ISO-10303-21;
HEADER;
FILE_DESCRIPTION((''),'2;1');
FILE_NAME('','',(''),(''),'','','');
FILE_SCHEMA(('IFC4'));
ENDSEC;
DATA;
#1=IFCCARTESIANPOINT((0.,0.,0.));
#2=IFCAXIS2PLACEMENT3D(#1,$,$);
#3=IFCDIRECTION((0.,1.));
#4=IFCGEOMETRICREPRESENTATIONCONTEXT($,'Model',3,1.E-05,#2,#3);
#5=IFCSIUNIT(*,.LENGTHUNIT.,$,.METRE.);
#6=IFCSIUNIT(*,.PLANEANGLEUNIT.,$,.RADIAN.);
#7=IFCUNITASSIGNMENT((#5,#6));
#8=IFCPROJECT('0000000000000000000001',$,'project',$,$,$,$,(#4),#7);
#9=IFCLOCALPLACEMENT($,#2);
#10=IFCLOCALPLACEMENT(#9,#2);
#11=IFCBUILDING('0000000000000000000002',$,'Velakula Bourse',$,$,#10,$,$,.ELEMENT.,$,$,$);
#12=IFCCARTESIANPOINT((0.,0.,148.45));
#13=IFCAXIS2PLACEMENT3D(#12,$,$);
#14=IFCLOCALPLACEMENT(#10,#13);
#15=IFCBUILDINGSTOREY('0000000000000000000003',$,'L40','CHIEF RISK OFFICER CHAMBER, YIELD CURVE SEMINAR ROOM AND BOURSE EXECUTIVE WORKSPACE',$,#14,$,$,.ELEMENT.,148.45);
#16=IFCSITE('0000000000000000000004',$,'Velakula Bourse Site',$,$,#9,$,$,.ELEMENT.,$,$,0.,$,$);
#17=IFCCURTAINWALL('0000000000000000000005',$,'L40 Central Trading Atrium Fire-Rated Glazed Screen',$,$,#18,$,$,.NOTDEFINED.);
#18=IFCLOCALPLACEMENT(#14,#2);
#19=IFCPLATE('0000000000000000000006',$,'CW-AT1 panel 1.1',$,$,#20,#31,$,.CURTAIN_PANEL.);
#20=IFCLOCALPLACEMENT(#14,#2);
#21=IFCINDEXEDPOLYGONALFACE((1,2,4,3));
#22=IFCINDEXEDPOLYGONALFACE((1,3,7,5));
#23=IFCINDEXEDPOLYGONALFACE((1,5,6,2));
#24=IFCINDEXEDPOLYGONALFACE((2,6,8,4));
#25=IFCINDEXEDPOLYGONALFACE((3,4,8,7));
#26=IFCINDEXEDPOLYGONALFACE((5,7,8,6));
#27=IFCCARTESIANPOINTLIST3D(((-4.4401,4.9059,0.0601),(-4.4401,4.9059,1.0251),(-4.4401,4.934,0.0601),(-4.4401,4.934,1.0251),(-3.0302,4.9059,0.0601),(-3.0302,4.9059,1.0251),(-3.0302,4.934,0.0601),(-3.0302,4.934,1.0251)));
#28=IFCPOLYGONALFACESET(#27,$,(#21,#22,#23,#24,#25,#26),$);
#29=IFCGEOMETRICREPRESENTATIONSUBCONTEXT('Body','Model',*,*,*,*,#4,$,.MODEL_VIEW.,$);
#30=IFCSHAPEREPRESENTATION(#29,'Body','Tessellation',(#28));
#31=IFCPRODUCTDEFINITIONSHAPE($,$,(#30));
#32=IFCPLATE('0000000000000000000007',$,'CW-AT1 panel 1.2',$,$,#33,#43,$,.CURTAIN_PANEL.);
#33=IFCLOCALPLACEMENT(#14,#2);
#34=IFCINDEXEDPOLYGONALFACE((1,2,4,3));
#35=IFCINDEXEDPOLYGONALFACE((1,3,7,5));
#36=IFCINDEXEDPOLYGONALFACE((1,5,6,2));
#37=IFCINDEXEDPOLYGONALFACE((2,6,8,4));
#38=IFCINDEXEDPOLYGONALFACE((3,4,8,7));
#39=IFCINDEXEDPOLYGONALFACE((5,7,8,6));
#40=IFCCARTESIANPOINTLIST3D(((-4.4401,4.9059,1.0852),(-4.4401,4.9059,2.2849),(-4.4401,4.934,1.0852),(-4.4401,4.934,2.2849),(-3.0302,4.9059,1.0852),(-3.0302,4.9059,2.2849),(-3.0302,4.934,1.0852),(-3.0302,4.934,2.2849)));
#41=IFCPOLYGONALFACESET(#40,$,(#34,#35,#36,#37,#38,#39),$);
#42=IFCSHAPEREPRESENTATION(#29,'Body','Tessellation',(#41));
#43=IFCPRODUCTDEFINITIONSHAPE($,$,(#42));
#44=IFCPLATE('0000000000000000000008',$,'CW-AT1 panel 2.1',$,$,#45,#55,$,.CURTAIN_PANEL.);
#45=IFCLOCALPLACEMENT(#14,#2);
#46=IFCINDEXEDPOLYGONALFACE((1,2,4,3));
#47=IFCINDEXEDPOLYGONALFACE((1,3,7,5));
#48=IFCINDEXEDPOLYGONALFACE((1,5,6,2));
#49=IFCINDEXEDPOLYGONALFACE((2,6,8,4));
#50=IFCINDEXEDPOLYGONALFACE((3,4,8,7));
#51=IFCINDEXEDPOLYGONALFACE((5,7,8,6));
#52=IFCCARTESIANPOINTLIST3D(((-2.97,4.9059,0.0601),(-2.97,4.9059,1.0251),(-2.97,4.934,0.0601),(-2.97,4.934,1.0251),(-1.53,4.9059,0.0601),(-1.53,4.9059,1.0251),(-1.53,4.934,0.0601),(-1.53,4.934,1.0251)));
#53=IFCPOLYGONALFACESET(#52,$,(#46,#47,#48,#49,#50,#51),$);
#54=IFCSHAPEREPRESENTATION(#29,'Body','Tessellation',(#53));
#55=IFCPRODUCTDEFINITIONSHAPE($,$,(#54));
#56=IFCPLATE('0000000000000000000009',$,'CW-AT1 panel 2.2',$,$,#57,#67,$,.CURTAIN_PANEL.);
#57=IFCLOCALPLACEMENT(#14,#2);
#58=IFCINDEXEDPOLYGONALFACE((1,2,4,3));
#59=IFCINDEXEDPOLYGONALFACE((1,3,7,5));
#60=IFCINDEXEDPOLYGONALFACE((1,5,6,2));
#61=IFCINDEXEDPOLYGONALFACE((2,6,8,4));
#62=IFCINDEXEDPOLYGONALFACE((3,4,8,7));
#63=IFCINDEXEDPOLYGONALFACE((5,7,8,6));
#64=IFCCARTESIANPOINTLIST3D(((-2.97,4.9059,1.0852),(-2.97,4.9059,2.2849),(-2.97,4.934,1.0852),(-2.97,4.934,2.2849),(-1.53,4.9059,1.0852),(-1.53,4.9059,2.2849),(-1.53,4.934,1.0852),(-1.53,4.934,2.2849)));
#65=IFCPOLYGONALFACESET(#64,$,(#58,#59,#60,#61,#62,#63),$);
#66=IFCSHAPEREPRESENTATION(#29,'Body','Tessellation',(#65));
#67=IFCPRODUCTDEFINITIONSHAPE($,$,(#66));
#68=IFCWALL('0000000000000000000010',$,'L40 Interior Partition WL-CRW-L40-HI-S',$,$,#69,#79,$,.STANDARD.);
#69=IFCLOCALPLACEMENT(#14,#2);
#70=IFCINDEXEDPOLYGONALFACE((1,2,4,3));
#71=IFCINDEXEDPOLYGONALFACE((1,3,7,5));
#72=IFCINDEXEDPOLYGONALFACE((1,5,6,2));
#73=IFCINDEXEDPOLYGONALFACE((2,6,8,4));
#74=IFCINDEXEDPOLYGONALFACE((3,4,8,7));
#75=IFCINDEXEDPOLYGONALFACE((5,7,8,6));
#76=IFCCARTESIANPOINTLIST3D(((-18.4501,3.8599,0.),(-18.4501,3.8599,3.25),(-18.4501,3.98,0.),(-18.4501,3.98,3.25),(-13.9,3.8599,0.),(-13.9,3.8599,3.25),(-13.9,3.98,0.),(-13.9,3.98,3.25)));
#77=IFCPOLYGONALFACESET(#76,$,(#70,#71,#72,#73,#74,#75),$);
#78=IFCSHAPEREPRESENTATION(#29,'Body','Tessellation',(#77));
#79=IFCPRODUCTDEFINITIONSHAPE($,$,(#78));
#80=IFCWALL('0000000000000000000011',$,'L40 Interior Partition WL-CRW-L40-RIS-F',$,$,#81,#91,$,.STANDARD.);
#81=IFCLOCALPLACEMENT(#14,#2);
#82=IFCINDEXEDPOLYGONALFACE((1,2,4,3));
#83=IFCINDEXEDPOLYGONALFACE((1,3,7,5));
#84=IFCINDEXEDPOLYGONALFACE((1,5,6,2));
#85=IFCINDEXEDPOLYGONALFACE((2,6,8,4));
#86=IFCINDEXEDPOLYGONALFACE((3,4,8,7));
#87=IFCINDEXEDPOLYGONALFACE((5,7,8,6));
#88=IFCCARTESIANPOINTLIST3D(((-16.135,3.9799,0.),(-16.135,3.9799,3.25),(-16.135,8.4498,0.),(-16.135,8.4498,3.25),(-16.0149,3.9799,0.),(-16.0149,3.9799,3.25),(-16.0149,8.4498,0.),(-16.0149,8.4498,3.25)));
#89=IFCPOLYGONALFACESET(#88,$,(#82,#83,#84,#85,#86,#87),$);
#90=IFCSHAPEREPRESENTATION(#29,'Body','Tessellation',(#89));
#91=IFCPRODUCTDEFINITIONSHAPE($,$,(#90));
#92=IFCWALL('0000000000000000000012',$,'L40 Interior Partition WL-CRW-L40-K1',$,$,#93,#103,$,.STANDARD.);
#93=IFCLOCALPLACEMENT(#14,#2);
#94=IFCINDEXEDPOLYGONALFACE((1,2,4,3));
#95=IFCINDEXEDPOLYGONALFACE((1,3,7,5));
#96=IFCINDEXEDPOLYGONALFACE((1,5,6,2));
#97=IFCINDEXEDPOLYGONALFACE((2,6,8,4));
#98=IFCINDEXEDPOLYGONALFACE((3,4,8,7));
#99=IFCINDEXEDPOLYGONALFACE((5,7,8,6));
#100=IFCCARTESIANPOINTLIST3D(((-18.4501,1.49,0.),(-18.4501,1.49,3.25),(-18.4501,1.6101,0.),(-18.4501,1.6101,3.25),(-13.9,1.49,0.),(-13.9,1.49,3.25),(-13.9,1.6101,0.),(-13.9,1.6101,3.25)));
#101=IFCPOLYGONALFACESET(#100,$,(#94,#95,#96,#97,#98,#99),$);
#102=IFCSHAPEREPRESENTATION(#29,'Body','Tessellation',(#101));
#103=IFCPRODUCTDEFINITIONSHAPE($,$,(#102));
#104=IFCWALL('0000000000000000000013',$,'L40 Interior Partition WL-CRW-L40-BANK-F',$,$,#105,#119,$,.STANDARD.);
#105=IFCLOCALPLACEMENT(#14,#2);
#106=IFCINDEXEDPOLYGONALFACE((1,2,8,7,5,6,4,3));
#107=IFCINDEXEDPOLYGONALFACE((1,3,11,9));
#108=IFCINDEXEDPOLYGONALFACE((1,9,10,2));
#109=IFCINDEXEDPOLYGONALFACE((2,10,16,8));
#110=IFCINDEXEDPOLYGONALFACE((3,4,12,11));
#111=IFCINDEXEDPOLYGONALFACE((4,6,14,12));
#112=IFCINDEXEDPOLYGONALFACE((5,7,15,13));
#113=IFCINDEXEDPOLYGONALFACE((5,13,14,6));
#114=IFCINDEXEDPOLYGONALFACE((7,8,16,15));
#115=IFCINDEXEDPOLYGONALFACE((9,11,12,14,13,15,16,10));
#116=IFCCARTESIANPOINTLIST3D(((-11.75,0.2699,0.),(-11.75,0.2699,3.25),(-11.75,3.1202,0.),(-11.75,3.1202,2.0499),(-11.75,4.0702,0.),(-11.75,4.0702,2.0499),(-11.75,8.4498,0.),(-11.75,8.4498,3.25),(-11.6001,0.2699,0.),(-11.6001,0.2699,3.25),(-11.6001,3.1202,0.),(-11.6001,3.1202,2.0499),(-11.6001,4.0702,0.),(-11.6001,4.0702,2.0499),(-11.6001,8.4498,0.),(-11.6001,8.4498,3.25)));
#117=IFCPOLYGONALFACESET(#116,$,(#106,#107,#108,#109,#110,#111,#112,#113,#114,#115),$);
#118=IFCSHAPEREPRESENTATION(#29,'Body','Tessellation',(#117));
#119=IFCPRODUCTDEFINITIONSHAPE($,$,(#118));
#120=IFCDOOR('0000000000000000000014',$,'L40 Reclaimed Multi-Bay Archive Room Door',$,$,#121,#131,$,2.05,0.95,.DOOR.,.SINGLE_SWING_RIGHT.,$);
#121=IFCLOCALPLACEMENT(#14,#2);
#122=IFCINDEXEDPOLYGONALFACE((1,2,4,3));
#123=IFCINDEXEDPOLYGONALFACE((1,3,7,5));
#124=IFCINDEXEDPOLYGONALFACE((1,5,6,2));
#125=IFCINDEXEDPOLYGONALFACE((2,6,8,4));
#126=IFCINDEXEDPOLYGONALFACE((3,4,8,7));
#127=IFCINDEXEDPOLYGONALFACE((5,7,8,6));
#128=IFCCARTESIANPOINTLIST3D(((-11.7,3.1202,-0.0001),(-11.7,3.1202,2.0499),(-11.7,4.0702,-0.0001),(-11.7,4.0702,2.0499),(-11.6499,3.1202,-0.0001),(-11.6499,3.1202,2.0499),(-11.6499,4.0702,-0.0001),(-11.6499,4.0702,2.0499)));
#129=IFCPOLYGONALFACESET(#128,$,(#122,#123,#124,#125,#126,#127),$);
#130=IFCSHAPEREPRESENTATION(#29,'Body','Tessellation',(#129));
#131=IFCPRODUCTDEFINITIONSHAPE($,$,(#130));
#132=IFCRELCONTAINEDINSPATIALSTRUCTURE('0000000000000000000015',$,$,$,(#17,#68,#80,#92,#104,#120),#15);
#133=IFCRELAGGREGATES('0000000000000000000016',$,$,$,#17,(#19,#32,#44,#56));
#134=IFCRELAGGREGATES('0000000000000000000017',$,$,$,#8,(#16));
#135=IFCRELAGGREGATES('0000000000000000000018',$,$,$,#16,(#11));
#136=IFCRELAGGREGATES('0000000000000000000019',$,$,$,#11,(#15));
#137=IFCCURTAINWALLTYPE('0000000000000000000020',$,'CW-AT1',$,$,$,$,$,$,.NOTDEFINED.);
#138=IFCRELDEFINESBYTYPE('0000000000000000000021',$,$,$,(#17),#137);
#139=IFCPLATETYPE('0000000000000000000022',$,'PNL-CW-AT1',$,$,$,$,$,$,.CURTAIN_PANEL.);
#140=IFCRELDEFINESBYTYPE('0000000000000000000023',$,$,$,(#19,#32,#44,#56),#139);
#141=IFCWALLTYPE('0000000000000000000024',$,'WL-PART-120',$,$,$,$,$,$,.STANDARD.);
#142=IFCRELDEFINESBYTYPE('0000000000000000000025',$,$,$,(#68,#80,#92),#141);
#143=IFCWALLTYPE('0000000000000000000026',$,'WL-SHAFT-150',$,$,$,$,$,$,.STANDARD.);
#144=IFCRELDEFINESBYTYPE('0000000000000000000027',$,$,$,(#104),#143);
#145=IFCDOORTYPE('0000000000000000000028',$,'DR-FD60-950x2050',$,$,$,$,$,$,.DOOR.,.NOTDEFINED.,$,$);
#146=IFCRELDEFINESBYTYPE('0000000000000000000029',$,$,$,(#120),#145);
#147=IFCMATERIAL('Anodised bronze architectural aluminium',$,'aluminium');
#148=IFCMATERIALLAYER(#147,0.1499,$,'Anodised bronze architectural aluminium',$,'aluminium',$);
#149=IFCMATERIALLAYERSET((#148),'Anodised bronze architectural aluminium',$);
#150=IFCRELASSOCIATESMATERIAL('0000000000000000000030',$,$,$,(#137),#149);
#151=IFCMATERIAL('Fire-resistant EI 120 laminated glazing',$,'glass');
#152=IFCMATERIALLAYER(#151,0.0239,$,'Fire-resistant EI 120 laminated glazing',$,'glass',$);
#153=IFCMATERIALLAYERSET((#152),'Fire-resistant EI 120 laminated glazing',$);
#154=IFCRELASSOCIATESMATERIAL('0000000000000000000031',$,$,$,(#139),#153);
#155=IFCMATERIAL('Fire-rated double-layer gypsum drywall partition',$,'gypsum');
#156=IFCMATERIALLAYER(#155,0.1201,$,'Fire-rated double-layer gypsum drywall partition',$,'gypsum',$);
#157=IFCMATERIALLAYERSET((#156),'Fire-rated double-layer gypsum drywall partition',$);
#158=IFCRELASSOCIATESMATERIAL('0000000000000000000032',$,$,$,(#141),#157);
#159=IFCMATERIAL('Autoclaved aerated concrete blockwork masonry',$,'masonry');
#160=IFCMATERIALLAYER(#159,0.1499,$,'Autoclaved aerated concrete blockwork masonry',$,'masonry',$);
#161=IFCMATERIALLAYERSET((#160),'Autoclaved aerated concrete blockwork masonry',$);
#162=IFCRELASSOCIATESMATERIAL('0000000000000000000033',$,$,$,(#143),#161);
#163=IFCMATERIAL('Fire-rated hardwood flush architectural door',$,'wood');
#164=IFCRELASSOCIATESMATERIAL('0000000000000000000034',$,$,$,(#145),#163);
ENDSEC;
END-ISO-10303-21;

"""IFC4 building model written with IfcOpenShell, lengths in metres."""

from ifc_helpers import new_model, si_unit, direction, frame, frame_2d, origin, origin_2d, place, context, subcontext, project, spatial, rectangle, extrude, material, layer, layer_set, type_object, element, fill, aggregate, save


model = new_model("IFC4")

# Units and contexts
model_context = context("Model", 3, precision=1e-05, world=origin(), true_north=direction((0.0, 1.0)))
body_context = subcontext(model_context, "Body", "Model", "MODEL_VIEW")
ifc_project = project(units=[si_unit("LENGTHUNIT", "METRE"), si_unit("PLANEANGLEUNIT", "RADIAN")], contexts=[model_context])

# Site, building, storey
site_placement = place(None, origin())
site = spatial("IfcSite", under=ifc_project, at=site_placement, Name="Velakula Bourse Site", CompositionType="ELEMENT", RefElevation=0.0)
building_placement = place(site_placement, origin())
building = spatial("IfcBuilding", under=site, at=building_placement, Name="Velakula Bourse", CompositionType="ELEMENT")
storey_placement = place(building_placement, frame((0.0, 0.0, 148.45)))
storey = spatial("IfcBuildingStorey", under=building, at=storey_placement, Name="L40", Description="CHIEF RISK OFFICER CHAMBER, YIELD CURVE SEMINAR ROOM AND BOURSE EXECUTIVE WORKSPACE", CompositionType="ELEMENT", Elevation=148.45)

# Curtain wall, plates
ifc_material_1 = material(Name="Anodised bronze architectural aluminium", Category="aluminium")
ifc_layer_1 = layer(ifc_material_1, 0.1499, Name="Anodised bronze architectural aluminium", Category="aluminium")
ifc_layer_set_1 = layer_set([ifc_layer_1], Name="Anodised bronze architectural aluminium")
curtain_wall_type = type_object("IfcCurtainWallType", Name="CW-AT1", PredefinedType="NOTDEFINED", material=ifc_layer_set_1)
curtain_wall_placement = place(storey_placement, origin())
curtain_wall = element("IfcCurtainWall", 1, at=curtain_wall_placement, inside=storey, type_object=curtain_wall_type, Name="L40 Central Trading Atrium Fire-Rated Glazed Screen", PredefinedType="NOTDEFINED")
ifc_material_2 = material(Name="Fire-resistant EI 120 laminated glazing", Category="glass")
ifc_layer_2 = layer(ifc_material_2, 0.0239, Name="Fire-resistant EI 120 laminated glazing", Category="glass")
ifc_layer_set_2 = layer_set([ifc_layer_2], Name="Fire-resistant EI 120 laminated glazing")
plate_type = type_object("IfcPlateType", Name="PNL-CW-AT1", PredefinedType="CURTAIN_PANEL", material=ifc_layer_set_2)
plate_1_placement = place(storey_placement, frame((-3.7351, 4.9199, 0.0601), z_axis=(0.0, 0.0, 1.0), x_axis=(1.0, 0.0, 0.0)))
plate_1 = element("IfcPlate", 2, at=plate_1_placement, type_object=plate_type, Name="CW-AT1 panel 1.1", PredefinedType="CURTAIN_PANEL", context=body_context, shape_type="SweptSolid", body=[
    extrude(rectangle(XDim=1.4099, YDim=0.0281, at=origin_2d()), origin(), (0.0, 0.0, 1.0), 0.9651),
])
plate_2_placement = place(storey_placement, frame((-3.7351, 4.9199, 1.0852), z_axis=(0.0, 0.0, 1.0), x_axis=(1.0, 0.0, 0.0)))
plate_2 = element("IfcPlate", 3, at=plate_2_placement, type_object=plate_type, Name="CW-AT1 panel 1.2", PredefinedType="CURTAIN_PANEL", context=body_context, shape_type="SweptSolid", body=[
    extrude(rectangle(XDim=1.4099, YDim=0.0281, at=origin_2d()), origin(), (0.0, 0.0, 1.0), 1.1997),
])
plate_3_placement = place(storey_placement, frame((-2.25, 4.9199, 0.0601), z_axis=(0.0, 0.0, 1.0), x_axis=(1.0, 0.0, 0.0)))
plate_3 = element("IfcPlate", 4, at=plate_3_placement, type_object=plate_type, Name="CW-AT1 panel 2.1", PredefinedType="CURTAIN_PANEL", context=body_context, shape_type="SweptSolid", body=[
    extrude(rectangle(XDim=1.4399, YDim=0.0281, at=origin_2d()), origin(), (0.0, 0.0, 1.0), 0.9651),
])
plate_4_placement = place(storey_placement, frame((-2.25, 4.9199, 1.0852), z_axis=(0.0, 0.0, 1.0), x_axis=(1.0, 0.0, 0.0)))
plate_4 = element("IfcPlate", 5, at=plate_4_placement, type_object=plate_type, Name="CW-AT1 panel 2.2", PredefinedType="CURTAIN_PANEL", context=body_context, shape_type="SweptSolid", body=[
    extrude(rectangle(XDim=1.4399, YDim=0.0281, at=origin_2d()), origin(), (0.0, 0.0, 1.0), 1.1997),
])
aggregate(curtain_wall, [plate_1, plate_2, plate_3, plate_4])

# Walls
ifc_material_3 = material(Name="Fire-rated double-layer gypsum drywall partition", Category="gypsum")
ifc_layer_3 = layer(ifc_material_3, 0.1201, Name="Fire-rated double-layer gypsum drywall partition", Category="gypsum")
ifc_layer_set_3 = layer_set([ifc_layer_3], Name="Fire-rated double-layer gypsum drywall partition")
wall_type_1 = type_object("IfcWallType", Name="WL-PART-120", PredefinedType="STANDARD", material=ifc_layer_set_3)
wall_1_placement = place(storey_placement, frame((-18.45, 3.9199, 0.0), z_axis=(0.0, 0.0, 1.0), x_axis=(1.0, 0.0, 0.0)))
element("IfcWall", 6, at=wall_1_placement, inside=storey, type_object=wall_type_1, Name="L40 Interior Partition WL-CRW-L40-HI-S", PredefinedType="STANDARD", context=body_context, shape_type="SweptSolid", body=[
    extrude(rectangle(XDim=4.55, YDim=0.1201, at=frame_2d((2.2749, 0.0))), origin(), (0.0, 0.0, 1.0), 3.25),
])
wall_2_placement = place(storey_placement, frame((-16.075, 3.98, 0.0), z_axis=(0.0, 0.0, 1.0), x_axis=(0.0, 1.0, 0.0)))
element("IfcWall", 7, at=wall_2_placement, inside=storey, type_object=wall_type_1, Name="L40 Interior Partition WL-CRW-L40-RIS-F", PredefinedType="STANDARD", context=body_context, shape_type="SweptSolid", body=[
    extrude(rectangle(XDim=4.47, YDim=0.1201, at=frame_2d((2.2349, 0.0))), origin(), (0.0, 0.0, 1.0), 3.25),
])
wall_3_placement = place(storey_placement, frame((-18.45, 1.55, 0.0), z_axis=(0.0, 0.0, 1.0), x_axis=(1.0, 0.0, 0.0)))
element("IfcWall", 8, at=wall_3_placement, inside=storey, type_object=wall_type_1, Name="L40 Interior Partition WL-CRW-L40-K1", PredefinedType="STANDARD", context=body_context, shape_type="SweptSolid", body=[
    extrude(rectangle(XDim=4.55, YDim=0.1201, at=frame_2d((2.2749, 0.0))), origin(), (0.0, 0.0, 1.0), 3.25),
])

# Wall, opening, door
ifc_material_4 = material(Name="Autoclaved aerated concrete blockwork masonry", Category="masonry")
ifc_layer_4 = layer(ifc_material_4, 0.1499, Name="Autoclaved aerated concrete blockwork masonry", Category="masonry")
ifc_layer_set_4 = layer_set([ifc_layer_4], Name="Autoclaved aerated concrete blockwork masonry")
wall_type_2 = type_object("IfcWallType", Name="WL-SHAFT-150", PredefinedType="STANDARD", material=ifc_layer_set_4)
wall_4_placement = place(storey_placement, frame((-11.675, 0.27, 0.0), z_axis=(0.0, 0.0, 1.0), x_axis=(0.0, 1.0, 0.0)))
wall_4 = element("IfcWall", 9, at=wall_4_placement, inside=storey, type_object=wall_type_2, Name="L40 Interior Partition WL-CRW-L40-BANK-F", PredefinedType="STANDARD", context=body_context, shape_type="SweptSolid", body=[
    extrude(rectangle(XDim=8.1799, YDim=0.1499, at=frame_2d((4.0898, 0.0))), origin(), (0.0, 0.0, 1.0), 3.25),
])
opening_placement = place(wall_4_placement, frame((2.8501, 0.0, 0.0)))
opening = element("IfcOpeningElement", 10, at=opening_placement, cuts=wall_4, PredefinedType="OPENING", context=body_context, shape_type="SweptSolid", body=[
    extrude(rectangle(XDim=0.95, YDim=2.05, at=frame_2d((0.4751, 1.0249))), frame((0.0, 0.085, 0.0), z_axis=(0.0, -1.0, 0.0), x_axis=(1.0, 0.0, 0.0)), (0.0, 0.0, 1.0), 0.1699),
])
ifc_material_5 = material(Name="Fire-rated hardwood flush architectural door", Category="wood")
door_type = type_object("IfcDoorType", Name="DR-FD60-950x2050", OperationType="NOTDEFINED", PredefinedType="DOOR", material=ifc_material_5)
door_placement = place(opening_placement, origin())
door = element("IfcDoor", 11, at=door_placement, inside=storey, type_object=door_type, Name="L40 Reclaimed Multi-Bay Archive Room Door", OperationType="SINGLE_SWING_RIGHT", OverallHeight=2.05, OverallWidth=0.95, PredefinedType="DOOR", context=body_context, shape_type="SweptSolid", body=[
    extrude(rectangle(XDim=0.95, YDim=2.05, at=frame_2d((0.4751, 1.0249))), frame((0.0, 0.0249, 0.0), z_axis=(0.0, -1.0, 0.0), x_axis=(1.0, 0.0, 0.0)), (0.0, 0.0, 1.0), 0.05),
])
fill(opening, door)

save(model, "model.ifc")
